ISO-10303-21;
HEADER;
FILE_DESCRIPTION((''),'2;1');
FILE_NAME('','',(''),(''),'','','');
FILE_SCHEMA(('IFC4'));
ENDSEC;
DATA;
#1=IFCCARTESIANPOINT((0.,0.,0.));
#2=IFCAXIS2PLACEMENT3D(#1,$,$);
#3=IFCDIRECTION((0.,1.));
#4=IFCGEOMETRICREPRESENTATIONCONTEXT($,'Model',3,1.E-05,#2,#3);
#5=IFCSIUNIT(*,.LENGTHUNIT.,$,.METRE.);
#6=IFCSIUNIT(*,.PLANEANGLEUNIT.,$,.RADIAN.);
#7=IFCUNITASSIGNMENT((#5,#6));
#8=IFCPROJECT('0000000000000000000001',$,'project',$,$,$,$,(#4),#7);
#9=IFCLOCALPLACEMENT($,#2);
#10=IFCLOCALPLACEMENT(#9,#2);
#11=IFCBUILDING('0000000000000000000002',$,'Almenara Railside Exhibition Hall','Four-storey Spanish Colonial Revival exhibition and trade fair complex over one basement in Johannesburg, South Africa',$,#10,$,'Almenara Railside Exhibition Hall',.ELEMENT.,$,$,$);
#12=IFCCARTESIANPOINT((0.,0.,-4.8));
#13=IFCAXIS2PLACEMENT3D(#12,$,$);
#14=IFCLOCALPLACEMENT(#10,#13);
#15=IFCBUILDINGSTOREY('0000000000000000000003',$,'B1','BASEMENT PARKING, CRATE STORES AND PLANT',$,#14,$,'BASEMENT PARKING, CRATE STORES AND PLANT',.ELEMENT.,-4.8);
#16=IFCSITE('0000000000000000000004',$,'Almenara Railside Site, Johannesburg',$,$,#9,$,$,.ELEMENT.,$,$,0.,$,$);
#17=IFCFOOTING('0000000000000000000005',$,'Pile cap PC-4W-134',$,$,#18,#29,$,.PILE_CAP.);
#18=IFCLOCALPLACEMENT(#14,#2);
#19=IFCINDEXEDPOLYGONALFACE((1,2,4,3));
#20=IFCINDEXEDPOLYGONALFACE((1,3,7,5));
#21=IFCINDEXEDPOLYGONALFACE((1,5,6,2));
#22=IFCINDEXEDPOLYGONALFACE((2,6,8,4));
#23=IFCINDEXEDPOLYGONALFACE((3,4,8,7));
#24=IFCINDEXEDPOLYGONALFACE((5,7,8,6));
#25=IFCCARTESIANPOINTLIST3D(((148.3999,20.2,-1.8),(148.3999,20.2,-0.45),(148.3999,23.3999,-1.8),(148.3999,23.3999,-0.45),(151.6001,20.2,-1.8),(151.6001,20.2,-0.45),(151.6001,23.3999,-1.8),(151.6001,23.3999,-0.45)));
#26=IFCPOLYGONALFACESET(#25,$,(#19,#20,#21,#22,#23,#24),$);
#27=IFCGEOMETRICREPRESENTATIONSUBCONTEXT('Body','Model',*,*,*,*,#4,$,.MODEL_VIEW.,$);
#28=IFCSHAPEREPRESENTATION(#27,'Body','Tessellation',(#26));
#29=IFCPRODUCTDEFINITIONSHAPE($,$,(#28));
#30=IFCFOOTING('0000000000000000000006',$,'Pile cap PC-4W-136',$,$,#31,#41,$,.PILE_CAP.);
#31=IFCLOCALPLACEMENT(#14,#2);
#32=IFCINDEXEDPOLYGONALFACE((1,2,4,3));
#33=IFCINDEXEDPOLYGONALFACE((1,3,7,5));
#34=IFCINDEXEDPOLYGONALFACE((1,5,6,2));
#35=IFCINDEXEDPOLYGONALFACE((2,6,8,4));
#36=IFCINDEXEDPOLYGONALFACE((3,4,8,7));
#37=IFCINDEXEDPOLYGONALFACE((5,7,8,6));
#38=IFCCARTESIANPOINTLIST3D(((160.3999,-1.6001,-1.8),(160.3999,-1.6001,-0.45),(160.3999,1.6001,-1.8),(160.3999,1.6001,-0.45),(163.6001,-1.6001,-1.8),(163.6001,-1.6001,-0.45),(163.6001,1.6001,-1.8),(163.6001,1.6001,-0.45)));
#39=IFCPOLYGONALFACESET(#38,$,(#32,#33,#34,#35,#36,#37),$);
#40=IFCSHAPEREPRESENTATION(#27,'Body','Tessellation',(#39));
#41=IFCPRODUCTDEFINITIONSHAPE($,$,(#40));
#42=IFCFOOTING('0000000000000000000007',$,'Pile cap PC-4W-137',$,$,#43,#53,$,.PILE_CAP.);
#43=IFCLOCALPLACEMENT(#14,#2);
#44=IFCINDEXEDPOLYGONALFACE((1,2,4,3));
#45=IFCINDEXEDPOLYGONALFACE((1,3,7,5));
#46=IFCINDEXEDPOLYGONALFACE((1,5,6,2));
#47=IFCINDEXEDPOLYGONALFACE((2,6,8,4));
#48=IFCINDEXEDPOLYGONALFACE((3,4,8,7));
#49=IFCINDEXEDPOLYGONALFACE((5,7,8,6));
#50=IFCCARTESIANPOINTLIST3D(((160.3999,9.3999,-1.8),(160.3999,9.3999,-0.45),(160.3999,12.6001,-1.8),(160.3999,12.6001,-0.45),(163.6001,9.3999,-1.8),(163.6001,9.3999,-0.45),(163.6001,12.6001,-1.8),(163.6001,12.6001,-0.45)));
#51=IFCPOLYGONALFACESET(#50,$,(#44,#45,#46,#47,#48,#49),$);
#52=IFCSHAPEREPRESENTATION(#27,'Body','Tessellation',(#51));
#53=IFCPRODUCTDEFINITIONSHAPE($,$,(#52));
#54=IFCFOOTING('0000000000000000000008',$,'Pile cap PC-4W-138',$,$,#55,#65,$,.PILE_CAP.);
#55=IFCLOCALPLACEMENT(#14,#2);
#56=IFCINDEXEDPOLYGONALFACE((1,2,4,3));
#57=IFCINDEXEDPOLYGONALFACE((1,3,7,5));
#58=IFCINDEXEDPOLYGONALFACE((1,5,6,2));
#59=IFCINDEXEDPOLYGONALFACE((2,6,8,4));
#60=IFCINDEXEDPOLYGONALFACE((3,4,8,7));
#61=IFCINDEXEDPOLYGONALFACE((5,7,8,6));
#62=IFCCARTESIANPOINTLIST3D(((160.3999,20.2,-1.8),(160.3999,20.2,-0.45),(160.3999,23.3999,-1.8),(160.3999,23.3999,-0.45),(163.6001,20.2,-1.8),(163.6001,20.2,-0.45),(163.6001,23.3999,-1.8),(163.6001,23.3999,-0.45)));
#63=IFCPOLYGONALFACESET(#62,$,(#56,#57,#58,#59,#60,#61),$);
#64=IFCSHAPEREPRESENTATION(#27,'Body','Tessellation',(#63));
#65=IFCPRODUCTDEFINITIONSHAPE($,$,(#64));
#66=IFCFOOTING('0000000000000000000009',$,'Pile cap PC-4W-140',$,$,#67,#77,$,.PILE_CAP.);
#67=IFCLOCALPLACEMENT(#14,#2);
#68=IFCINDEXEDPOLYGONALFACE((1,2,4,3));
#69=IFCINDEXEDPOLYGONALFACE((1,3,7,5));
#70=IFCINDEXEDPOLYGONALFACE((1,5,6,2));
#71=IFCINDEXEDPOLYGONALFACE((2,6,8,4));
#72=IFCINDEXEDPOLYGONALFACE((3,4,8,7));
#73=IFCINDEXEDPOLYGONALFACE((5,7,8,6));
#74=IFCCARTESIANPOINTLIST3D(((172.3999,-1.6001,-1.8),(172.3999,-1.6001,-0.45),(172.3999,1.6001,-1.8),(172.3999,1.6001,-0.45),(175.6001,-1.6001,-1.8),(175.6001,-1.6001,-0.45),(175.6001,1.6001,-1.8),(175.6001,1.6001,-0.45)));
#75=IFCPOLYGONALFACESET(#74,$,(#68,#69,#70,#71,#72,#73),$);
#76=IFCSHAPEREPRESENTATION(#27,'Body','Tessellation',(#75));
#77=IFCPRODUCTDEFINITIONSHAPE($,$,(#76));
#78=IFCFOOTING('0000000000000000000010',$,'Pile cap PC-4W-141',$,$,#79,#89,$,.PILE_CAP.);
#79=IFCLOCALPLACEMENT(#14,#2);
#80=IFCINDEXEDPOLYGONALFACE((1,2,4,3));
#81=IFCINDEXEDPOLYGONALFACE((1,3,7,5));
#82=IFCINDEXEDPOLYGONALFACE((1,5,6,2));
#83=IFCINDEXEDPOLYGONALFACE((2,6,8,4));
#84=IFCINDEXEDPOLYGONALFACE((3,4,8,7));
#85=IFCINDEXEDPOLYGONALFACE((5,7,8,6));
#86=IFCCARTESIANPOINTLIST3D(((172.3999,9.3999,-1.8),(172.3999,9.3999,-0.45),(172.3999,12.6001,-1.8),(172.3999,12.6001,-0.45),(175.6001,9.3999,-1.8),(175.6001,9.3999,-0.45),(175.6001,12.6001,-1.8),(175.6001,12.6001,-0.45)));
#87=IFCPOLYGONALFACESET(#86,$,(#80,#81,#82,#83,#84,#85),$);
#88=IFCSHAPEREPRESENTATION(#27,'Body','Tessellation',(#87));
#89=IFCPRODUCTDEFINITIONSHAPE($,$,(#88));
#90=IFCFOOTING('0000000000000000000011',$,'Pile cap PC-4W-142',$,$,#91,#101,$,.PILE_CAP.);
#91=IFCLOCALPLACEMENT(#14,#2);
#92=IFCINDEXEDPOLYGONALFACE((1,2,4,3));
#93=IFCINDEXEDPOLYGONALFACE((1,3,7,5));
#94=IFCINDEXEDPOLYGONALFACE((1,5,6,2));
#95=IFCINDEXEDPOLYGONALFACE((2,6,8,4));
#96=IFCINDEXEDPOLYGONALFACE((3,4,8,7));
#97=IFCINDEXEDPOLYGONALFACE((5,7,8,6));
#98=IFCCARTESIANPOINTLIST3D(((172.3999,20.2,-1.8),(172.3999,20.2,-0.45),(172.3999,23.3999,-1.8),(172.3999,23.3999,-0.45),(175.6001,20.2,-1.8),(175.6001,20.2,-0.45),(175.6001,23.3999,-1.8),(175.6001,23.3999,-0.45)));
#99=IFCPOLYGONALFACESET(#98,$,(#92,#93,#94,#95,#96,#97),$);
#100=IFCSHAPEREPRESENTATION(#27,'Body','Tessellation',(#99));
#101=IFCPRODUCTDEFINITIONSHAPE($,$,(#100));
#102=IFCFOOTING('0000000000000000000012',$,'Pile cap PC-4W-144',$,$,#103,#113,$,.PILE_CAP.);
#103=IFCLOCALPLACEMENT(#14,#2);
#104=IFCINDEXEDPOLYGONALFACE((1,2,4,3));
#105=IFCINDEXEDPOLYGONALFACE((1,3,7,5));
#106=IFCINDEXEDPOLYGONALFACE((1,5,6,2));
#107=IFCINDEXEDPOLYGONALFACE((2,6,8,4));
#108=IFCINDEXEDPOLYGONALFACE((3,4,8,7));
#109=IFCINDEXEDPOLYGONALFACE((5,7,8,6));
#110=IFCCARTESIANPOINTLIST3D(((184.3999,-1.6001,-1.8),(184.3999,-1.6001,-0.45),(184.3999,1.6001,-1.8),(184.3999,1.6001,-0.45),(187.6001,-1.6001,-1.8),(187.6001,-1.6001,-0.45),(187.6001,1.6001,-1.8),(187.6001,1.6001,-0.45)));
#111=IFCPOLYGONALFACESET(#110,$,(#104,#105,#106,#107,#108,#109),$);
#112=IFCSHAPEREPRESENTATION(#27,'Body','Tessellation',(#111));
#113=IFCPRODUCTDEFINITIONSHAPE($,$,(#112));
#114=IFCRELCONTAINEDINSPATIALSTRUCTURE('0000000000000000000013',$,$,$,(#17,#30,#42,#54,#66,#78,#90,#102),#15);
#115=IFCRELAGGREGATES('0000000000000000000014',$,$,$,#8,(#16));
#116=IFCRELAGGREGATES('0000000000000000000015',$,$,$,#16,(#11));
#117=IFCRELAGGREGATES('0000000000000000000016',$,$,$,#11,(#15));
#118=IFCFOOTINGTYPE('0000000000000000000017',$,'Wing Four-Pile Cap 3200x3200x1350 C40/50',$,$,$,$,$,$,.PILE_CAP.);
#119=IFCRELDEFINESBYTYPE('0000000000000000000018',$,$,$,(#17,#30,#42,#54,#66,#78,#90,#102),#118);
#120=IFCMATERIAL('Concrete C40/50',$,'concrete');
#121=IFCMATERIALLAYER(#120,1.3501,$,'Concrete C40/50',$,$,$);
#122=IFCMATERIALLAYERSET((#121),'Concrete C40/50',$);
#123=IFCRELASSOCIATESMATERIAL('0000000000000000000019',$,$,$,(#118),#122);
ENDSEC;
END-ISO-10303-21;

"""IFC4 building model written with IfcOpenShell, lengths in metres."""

from ifc_helpers import new_model, si_unit, direction, frame, origin, place, context, subcontext, project, spatial, polyline, outline, extrude, material, layer, layer_set, type_object, element, save


model = new_model("IFC4")

# Units and contexts
model_context = context("Model", 3, precision=1e-05, world=origin(), true_north=direction((0.0, 1.0)))
body_context = subcontext(model_context, "Body", "Model", "MODEL_VIEW")
ifc_project = project(units=[si_unit("LENGTHUNIT", "METRE"), si_unit("PLANEANGLEUNIT", "RADIAN")], contexts=[model_context])

# Site, building, storey
site_placement = place(None, origin())
site = spatial("IfcSite", under=ifc_project, at=site_placement, Name="Almenara Railside Site, Johannesburg", CompositionType="ELEMENT", RefElevation=0.0)
building_placement = place(site_placement, origin())
building = spatial("IfcBuilding", under=site, at=building_placement, Name="Almenara Railside Exhibition Hall", Description="Four-storey Spanish Colonial Revival exhibition and trade fair complex over one basement in Johannesburg, South Africa", LongName="Almenara Railside Exhibition Hall", CompositionType="ELEMENT")
storey_placement = place(building_placement, frame((0.0, 0.0, -4.8)))
storey = spatial("IfcBuildingStorey", under=building, at=storey_placement, Name="B1", Description="BASEMENT PARKING, CRATE STORES AND PLANT", LongName="BASEMENT PARKING, CRATE STORES AND PLANT", CompositionType="ELEMENT", Elevation=-4.8)

# Footings
ifc_material = material(Name="Concrete C40/50", Category="concrete")
ifc_layer_1 = layer(ifc_material, 1.3501, Name="Concrete C40/50")
ifc_layer_set_1 = layer_set([ifc_layer_1], Name="Concrete C40/50")
footing_type_1 = type_object("IfcFootingType", Name="Wing Four-Pile Cap 3200x3200x1350 C40/50", PredefinedType="PILE_CAP", material=ifc_layer_set_1)
footing_1_placement = place(storey_placement, frame((0.0, 0.0, -1.8)))
element("IfcFooting", 1, at=footing_1_placement, inside=storey, type_object=footing_type_1, Name="Pile cap PC-4W-134", PredefinedType="PILE_CAP", context=body_context, shape_type="SweptSolid", body=[
    extrude(outline(polyline([(148.3999, 20.2), (151.6001, 20.2), (151.6001, 23.3999), (148.3999, 23.3999), (148.3999, 20.2)])), origin(), (0.0, 0.0, 1.0), 1.3501),
])
footing_2_placement = place(storey_placement, frame((0.0, 0.0, -1.8)))
element("IfcFooting", 2, at=footing_2_placement, inside=storey, type_object=footing_type_1, Name="Pile cap PC-4W-136", PredefinedType="PILE_CAP", context=body_context, shape_type="SweptSolid", body=[
    extrude(outline(polyline([(160.3999, -1.6001), (163.6001, -1.6001), (163.6001, 1.6001), (160.3999, 1.6001), (160.3999, -1.6001)])), origin(), (0.0, 0.0, 1.0), 1.3501),
])
footing_3_placement = place(storey_placement, frame((0.0, 0.0, -1.8)))
element("IfcFooting", 3, at=footing_3_placement, inside=storey, type_object=footing_type_1, Name="Pile cap PC-4W-137", PredefinedType="PILE_CAP", context=body_context, shape_type="SweptSolid", body=[
    extrude(outline(polyline([(160.3999, 9.3999), (163.6001, 9.3999), (163.6001, 12.6001), (160.3999, 12.6001), (160.3999, 9.3999)])), origin(), (0.0, 0.0, 1.0), 1.3501),
])
footing_4_placement = place(storey_placement, frame((0.0, 0.0, -1.8)))
element("IfcFooting", 4, at=footing_4_placement, inside=storey, type_object=footing_type_1, Name="Pile cap PC-4W-138", PredefinedType="PILE_CAP", context=body_context, shape_type="SweptSolid", body=[
    extrude(outline(polyline([(160.3999, 20.2), (163.6001, 20.2), (163.6001, 23.3999), (160.3999, 23.3999), (160.3999, 20.2)])), origin(), (0.0, 0.0, 1.0), 1.3501),
])
footing_5_placement = place(storey_placement, frame((0.0, 0.0, -1.8)))
element("IfcFooting", 5, at=footing_5_placement, inside=storey, type_object=footing_type_1, Name="Pile cap PC-4W-140", PredefinedType="PILE_CAP", context=body_context, shape_type="SweptSolid", body=[
    extrude(outline(polyline([(172.3999, -1.6001), (175.6001, -1.6001), (175.6001, 1.6001), (172.3999, 1.6001), (172.3999, -1.6001)])), origin(), (0.0, 0.0, 1.0), 1.3501),
])
footing_6_placement = place(storey_placement, frame((0.0, 0.0, -1.8)))
element("IfcFooting", 6, at=footing_6_placement, inside=storey, type_object=footing_type_1, Name="Pile cap PC-4W-141", PredefinedType="PILE_CAP", context=body_context, shape_type="SweptSolid", body=[
    extrude(outline(polyline([(172.3999, 9.3999), (175.6001, 9.3999), (175.6001, 12.6001), (172.3999, 12.6001), (172.3999, 9.3999)])), origin(), (0.0, 0.0, 1.0), 1.3501),
])
footing_7_placement = place(storey_placement, frame((0.0, 0.0, -1.8)))
element("IfcFooting", 7, at=footing_7_placement, inside=storey, type_object=footing_type_1, Name="Pile cap PC-4W-142", PredefinedType="PILE_CAP", context=body_context, shape_type="SweptSolid", body=[
    extrude(outline(polyline([(172.3999, 20.2), (175.6001, 20.2), (175.6001, 23.3999), (172.3999, 23.3999), (172.3999, 20.2)])), origin(), (0.0, 0.0, 1.0), 1.3501),
])
footing_8_placement = place(storey_placement, frame((0.0, 0.0, -1.8)))
element("IfcFooting", 8, at=footing_8_placement, inside=storey, type_object=footing_type_1, Name="Pile cap PC-4W-144", PredefinedType="PILE_CAP", context=body_context, shape_type="SweptSolid", body=[
    extrude(outline(polyline([(184.3999, -1.6001), (187.6001, -1.6001), (187.6001, 1.6001), (184.3999, 1.6001), (184.3999, -1.6001)])), origin(), (0.0, 0.0, 1.0), 1.3501),
])

save(model, "model.ifc")
